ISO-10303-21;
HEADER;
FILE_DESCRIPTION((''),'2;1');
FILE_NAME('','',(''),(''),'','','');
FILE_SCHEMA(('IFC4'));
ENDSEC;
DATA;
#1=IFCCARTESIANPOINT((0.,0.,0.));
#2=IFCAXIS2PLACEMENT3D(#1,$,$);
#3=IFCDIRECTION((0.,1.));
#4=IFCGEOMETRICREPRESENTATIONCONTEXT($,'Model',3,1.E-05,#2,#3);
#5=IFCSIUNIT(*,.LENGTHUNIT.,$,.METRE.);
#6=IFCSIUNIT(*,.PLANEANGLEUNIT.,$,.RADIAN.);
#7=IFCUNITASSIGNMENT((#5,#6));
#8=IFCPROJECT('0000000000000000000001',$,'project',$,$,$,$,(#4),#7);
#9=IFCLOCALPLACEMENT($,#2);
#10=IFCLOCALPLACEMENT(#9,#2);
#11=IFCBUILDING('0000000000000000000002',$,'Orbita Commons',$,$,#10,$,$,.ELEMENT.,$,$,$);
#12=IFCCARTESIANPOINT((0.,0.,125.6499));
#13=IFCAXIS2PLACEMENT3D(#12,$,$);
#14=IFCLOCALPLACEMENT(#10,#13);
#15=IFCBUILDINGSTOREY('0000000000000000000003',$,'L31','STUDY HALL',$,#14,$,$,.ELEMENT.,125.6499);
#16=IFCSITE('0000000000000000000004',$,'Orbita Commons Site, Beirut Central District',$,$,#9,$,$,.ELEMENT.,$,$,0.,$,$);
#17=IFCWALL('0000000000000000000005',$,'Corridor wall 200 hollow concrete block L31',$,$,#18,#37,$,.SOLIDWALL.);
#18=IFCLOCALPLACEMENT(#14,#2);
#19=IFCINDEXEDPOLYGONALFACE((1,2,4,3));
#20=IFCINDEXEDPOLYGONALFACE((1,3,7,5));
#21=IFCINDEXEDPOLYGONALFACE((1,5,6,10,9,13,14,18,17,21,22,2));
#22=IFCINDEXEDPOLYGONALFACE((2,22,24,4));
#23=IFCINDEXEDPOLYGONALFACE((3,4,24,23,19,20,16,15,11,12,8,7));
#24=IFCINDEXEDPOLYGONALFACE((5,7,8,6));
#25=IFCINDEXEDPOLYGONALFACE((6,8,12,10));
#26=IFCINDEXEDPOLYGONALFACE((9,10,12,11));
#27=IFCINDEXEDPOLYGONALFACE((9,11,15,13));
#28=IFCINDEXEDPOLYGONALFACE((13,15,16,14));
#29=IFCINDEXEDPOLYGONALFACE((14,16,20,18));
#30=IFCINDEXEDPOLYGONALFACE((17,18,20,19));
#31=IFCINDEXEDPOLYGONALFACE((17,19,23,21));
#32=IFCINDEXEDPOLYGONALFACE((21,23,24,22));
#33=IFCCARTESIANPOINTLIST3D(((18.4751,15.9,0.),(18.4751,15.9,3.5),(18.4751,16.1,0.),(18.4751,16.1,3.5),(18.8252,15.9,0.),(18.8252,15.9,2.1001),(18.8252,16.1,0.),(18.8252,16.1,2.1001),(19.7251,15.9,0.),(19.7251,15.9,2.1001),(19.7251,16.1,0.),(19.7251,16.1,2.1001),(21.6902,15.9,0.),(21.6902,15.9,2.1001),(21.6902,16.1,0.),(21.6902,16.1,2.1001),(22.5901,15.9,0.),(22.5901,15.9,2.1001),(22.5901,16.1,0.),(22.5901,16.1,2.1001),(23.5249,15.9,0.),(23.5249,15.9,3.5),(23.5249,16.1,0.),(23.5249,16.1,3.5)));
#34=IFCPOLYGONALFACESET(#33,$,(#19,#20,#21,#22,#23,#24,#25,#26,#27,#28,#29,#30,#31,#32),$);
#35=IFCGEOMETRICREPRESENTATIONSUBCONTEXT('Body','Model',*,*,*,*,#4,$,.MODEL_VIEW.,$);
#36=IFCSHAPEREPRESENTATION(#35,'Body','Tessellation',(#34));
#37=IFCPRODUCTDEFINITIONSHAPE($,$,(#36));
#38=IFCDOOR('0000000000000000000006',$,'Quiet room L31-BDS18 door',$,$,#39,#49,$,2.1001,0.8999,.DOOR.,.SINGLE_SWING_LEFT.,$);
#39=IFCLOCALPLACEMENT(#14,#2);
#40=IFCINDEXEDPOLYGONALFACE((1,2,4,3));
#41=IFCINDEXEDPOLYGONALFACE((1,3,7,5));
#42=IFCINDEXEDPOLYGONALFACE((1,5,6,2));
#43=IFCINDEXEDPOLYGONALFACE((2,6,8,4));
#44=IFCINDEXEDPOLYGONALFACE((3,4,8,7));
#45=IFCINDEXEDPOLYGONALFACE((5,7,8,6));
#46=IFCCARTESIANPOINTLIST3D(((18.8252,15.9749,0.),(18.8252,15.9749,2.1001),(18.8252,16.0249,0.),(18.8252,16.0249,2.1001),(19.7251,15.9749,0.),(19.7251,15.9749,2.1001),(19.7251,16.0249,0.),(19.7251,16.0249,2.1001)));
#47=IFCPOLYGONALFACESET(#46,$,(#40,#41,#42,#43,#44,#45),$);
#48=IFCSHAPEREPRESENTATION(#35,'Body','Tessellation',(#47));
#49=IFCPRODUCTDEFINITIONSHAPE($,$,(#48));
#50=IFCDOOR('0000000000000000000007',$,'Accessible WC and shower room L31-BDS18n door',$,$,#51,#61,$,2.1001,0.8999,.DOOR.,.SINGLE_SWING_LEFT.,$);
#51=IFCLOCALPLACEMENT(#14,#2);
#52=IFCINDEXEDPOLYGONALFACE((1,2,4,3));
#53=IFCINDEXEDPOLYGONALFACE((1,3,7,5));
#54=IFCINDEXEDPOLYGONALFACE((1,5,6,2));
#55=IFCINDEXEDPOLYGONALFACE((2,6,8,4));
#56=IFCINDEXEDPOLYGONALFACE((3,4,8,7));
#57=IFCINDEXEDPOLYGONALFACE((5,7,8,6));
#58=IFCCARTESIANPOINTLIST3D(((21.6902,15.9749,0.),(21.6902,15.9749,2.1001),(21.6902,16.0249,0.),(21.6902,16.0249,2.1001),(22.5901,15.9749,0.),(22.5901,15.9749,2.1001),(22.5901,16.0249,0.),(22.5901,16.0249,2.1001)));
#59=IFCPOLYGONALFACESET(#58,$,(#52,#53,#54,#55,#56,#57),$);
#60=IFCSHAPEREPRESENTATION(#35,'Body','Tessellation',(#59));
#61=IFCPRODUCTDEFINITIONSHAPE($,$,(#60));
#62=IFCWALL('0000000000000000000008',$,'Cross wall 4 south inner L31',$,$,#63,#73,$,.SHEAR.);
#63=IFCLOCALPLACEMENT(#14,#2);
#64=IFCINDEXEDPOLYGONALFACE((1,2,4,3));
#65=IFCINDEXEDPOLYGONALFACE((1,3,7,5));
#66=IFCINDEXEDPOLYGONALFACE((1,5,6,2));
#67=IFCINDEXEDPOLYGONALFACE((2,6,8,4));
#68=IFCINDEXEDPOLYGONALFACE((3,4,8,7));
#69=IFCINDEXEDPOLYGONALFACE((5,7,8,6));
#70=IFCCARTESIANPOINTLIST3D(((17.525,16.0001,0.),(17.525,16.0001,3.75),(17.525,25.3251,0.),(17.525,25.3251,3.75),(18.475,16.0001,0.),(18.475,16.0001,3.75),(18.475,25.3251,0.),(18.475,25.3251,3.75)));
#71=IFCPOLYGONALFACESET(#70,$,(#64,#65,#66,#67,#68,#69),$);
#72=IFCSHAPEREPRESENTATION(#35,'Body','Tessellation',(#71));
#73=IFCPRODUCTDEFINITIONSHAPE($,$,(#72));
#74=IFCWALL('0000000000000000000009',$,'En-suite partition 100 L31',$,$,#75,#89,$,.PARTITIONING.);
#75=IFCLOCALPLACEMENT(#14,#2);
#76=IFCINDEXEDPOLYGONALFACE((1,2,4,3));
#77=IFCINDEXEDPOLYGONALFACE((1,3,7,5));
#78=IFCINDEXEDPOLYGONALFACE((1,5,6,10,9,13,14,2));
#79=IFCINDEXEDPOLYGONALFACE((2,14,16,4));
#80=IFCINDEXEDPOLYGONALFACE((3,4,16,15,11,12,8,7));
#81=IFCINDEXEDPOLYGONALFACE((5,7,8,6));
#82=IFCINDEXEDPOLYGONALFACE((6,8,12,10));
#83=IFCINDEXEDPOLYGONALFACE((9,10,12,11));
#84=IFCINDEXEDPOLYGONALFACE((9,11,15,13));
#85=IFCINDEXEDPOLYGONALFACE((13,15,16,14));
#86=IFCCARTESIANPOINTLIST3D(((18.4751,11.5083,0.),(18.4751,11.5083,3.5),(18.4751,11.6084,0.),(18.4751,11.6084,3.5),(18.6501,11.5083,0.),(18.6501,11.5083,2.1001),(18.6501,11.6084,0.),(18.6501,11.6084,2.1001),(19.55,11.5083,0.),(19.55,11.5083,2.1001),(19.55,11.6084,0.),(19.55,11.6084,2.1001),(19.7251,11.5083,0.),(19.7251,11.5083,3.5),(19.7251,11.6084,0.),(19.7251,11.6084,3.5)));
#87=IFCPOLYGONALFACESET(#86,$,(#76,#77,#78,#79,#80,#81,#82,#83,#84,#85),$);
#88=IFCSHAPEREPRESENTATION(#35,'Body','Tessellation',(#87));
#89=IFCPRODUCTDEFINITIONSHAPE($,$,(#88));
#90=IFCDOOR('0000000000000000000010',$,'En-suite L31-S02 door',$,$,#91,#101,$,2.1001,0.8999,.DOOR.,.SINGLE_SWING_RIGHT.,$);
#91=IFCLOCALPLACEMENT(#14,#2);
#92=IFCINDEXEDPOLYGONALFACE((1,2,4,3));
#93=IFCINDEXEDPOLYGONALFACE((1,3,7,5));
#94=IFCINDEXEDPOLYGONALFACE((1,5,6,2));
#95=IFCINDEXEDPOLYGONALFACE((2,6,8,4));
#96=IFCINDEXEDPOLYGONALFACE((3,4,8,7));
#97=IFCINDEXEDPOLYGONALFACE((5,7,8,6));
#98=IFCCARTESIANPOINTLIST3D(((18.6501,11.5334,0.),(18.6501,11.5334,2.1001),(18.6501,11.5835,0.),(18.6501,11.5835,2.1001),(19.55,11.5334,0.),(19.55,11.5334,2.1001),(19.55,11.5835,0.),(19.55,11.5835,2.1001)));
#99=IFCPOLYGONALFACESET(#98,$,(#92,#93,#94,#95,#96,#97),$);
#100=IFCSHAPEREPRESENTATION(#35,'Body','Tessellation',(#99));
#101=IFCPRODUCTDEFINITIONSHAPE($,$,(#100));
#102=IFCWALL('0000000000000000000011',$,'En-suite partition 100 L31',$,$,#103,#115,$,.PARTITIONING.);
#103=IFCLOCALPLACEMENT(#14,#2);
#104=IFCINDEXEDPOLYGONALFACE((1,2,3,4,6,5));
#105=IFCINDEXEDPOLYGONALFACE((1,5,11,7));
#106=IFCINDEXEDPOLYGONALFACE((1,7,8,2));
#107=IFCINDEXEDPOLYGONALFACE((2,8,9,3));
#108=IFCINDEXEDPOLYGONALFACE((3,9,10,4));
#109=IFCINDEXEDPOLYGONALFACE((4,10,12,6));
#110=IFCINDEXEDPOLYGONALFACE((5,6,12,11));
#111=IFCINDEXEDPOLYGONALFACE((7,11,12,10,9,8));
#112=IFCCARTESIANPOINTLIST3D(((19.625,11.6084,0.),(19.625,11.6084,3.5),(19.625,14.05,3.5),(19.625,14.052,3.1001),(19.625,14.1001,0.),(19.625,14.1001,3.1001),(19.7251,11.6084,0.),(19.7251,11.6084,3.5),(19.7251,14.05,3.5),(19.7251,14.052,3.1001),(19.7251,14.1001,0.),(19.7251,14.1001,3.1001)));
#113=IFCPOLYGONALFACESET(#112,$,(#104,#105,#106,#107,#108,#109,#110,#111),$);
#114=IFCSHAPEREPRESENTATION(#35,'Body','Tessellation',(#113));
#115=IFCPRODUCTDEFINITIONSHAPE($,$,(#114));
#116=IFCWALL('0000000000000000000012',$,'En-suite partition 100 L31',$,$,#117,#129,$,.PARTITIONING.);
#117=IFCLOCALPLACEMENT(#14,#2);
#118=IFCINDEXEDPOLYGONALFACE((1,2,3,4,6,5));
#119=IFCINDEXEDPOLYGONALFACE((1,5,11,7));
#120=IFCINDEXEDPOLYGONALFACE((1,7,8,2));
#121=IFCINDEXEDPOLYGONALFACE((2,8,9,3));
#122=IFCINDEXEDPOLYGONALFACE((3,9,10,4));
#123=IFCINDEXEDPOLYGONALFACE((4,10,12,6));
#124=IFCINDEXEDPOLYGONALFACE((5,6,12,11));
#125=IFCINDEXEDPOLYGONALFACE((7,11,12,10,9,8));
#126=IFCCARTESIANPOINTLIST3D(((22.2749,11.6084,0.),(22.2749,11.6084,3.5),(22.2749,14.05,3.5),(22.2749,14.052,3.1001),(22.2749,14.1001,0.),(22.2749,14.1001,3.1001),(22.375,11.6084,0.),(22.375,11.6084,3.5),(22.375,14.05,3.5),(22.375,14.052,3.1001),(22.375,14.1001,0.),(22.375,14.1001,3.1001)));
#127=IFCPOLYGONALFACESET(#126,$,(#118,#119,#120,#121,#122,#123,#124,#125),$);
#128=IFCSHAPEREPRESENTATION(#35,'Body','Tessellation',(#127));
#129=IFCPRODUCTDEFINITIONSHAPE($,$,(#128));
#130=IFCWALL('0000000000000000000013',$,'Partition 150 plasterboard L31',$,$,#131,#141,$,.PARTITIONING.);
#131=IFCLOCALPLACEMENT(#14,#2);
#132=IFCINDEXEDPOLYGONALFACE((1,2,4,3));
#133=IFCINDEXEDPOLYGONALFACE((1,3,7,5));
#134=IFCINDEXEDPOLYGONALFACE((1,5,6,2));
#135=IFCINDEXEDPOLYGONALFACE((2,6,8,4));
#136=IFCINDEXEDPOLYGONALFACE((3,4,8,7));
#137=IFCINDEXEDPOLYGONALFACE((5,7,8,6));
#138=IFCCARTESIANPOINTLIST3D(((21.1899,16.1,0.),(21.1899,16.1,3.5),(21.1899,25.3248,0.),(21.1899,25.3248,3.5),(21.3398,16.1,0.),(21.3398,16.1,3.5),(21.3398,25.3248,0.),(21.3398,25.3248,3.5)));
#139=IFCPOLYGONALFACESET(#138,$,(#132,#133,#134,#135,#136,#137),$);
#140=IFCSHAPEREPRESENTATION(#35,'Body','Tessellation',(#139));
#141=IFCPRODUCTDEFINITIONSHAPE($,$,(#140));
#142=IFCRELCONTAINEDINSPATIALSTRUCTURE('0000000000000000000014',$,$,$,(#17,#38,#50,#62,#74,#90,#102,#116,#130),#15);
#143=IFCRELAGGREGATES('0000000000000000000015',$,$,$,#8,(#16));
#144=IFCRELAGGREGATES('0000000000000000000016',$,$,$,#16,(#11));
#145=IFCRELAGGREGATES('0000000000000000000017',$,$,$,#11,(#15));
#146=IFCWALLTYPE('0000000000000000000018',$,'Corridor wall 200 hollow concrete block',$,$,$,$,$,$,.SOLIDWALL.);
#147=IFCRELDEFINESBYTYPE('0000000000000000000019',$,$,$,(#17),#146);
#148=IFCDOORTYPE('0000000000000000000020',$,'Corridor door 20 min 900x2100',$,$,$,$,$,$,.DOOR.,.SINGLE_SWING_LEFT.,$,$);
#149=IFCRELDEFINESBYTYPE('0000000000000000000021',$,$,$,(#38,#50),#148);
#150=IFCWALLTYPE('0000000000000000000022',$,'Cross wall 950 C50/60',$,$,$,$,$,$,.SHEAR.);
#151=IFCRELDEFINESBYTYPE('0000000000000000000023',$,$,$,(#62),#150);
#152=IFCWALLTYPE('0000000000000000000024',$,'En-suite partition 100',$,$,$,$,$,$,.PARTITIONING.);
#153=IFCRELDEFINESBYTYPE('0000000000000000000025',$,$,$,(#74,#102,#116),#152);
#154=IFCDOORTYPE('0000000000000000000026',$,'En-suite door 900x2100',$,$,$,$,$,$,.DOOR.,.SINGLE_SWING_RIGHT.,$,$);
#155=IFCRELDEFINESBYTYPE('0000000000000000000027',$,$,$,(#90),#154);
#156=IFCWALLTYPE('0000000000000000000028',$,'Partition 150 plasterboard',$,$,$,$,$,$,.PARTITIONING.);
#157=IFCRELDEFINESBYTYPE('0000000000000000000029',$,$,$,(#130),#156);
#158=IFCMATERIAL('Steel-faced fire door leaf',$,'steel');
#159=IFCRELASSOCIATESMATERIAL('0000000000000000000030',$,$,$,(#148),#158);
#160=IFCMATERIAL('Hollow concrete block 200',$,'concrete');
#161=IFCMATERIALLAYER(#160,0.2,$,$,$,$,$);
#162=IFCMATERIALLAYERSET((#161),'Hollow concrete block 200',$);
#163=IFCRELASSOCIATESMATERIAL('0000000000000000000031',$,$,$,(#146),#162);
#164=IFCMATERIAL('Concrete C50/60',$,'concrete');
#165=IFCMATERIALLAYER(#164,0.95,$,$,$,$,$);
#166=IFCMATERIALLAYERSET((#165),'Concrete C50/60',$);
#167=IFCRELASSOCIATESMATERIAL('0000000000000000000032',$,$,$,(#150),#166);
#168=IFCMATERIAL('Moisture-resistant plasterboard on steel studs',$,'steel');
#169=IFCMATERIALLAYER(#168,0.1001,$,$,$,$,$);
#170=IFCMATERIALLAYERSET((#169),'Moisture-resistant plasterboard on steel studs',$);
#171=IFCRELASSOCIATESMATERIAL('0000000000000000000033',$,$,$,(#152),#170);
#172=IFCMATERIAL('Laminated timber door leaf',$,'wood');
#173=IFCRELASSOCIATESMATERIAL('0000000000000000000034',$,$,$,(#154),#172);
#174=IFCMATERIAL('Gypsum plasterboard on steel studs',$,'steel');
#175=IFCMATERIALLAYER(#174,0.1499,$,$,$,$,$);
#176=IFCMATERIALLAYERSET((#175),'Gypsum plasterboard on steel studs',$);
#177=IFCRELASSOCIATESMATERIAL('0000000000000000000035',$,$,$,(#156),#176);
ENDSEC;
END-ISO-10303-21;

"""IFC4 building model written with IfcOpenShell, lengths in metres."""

from ifc_helpers import new_model, si_unit, direction, frame, frame_2d, origin, place, context, subcontext, project, spatial, polyline, rectangle, outline, extrude, material, layer, layer_set, type_object, element, fill, save


model = new_model("IFC4")

# Units and contexts
model_context = context("Model", 3, precision=1e-05, world=origin(), true_north=direction((0.0, 1.0)))
body_context = subcontext(model_context, "Body", "Model", "MODEL_VIEW")
ifc_project = project(units=[si_unit("LENGTHUNIT", "METRE"), si_unit("PLANEANGLEUNIT", "RADIAN")], contexts=[model_context])

# Site, building, storey
site_placement = place(None, origin())
site = spatial("IfcSite", under=ifc_project, at=site_placement, Name="Orbita Commons Site, Beirut Central District", CompositionType="ELEMENT", RefElevation=0.0)
building_placement = place(site_placement, origin())
building = spatial("IfcBuilding", under=site, at=building_placement, Name="Orbita Commons", CompositionType="ELEMENT")
storey_placement = place(building_placement, frame((0.0, 0.0, 125.6499)))
storey = spatial("IfcBuildingStorey", under=building, at=storey_placement, Name="L31", Description="STUDY HALL", CompositionType="ELEMENT", Elevation=125.6499)

# Wall, openings, doors
ifc_material_1 = material(Name="Steel-faced fire door leaf", Category="steel")
door_type_1 = type_object("IfcDoorType", Name="Corridor door 20 min 900x2100", OperationType="SINGLE_SWING_LEFT", PredefinedType="DOOR", material=ifc_material_1)
ifc_material_2 = material(Name="Hollow concrete block 200", Category="concrete")
ifc_layer_1 = layer(ifc_material_2, 0.2)
ifc_layer_set_1 = layer_set([ifc_layer_1], Name="Hollow concrete block 200")
wall_type_1 = type_object("IfcWallType", Name="Corridor wall 200 hollow concrete block", PredefinedType="SOLIDWALL", material=ifc_layer_set_1)
wall_1_placement = place(storey_placement, frame((18.4751, 16.0, 0.0), z_axis=(0.0, 0.0, 1.0), x_axis=(1.0, 0.0, 0.0)))
wall_1 = element("IfcWall", 1, at=wall_1_placement, inside=storey, type_object=wall_type_1, Name="Corridor wall 200 hollow concrete block L31", PredefinedType="SOLIDWALL", context=body_context, shape_type="SweptSolid", body=[
    extrude(rectangle(XDim=5.0498, YDim=0.2, at=frame_2d((2.5249, 0.0))), origin(), (0.0, 0.0, 1.0), 3.5),
])
opening_1_placement = place(wall_1_placement, frame((0.3501, 0.0, 0.0)))
opening_1 = element("IfcOpeningElement", 2, at=opening_1_placement, cuts=wall_1, PredefinedType="OPENING", context=body_context, shape_type="SweptSolid", body=[
    extrude(rectangle(XDim=0.8999, YDim=2.1001, at=frame_2d((0.45, 1.05))), frame((0.0, 0.1099, 0.0), z_axis=(0.0, -1.0, 0.0), x_axis=(1.0, 0.0, 0.0)), (0.0, 0.0, 1.0), 0.22),
])
opening_2_placement = place(wall_1_placement, frame((3.2151, 0.0, 0.0)))
opening_2 = element("IfcOpeningElement", 3, at=opening_2_placement, cuts=wall_1, PredefinedType="OPENING", context=body_context, shape_type="SweptSolid", body=[
    extrude(rectangle(XDim=0.8999, YDim=2.1001, at=frame_2d((0.45, 1.05))), frame((0.0, 0.1099, 0.0), z_axis=(0.0, -1.0, 0.0), x_axis=(1.0, 0.0, 0.0)), (0.0, 0.0, 1.0), 0.22),
])
door_1_placement = place(opening_1_placement, origin())
door_1 = element("IfcDoor", 4, at=door_1_placement, inside=storey, type_object=door_type_1, Name="Quiet room L31-BDS18 door", OperationType="SINGLE_SWING_LEFT", OverallHeight=2.1001, OverallWidth=0.8999, PredefinedType="DOOR", context=body_context, shape_type="SweptSolid", body=[
    extrude(rectangle(XDim=0.8999, YDim=2.1001, at=frame_2d((0.45, 1.05))), frame((0.0, 0.0249, 0.0), z_axis=(0.0, -1.0, 0.0), x_axis=(1.0, 0.0, 0.0)), (0.0, 0.0, 1.0), 0.05),
])
fill(opening_1, door_1)
door_2_placement = place(opening_2_placement, origin())
door_2 = element("IfcDoor", 5, at=door_2_placement, inside=storey, type_object=door_type_1, Name="Accessible WC and shower room L31-BDS18n door", OperationType="SINGLE_SWING_LEFT", OverallHeight=2.1001, OverallWidth=0.8999, PredefinedType="DOOR", context=body_context, shape_type="SweptSolid", body=[
    extrude(rectangle(XDim=0.8999, YDim=2.1001, at=frame_2d((0.45, 1.05))), frame((0.0, 0.0249, 0.0), z_axis=(0.0, -1.0, 0.0), x_axis=(1.0, 0.0, 0.0)), (0.0, 0.0, 1.0), 0.05),
])
fill(opening_2, door_2)

# Wall
ifc_material_3 = material(Name="Concrete C50/60", Category="concrete")
ifc_layer_2 = layer(ifc_material_3, 0.95)
ifc_layer_set_2 = layer_set([ifc_layer_2], Name="Concrete C50/60")
wall_type_2 = type_object("IfcWallType", Name="Cross wall 950 C50/60", PredefinedType="SHEAR", material=ifc_layer_set_2)
wall_2_placement = place(storey_placement, frame((18.0, 16.0, 0.0), z_axis=(0.0, 0.0, 1.0), x_axis=(0.0, 1.0, 0.0)))
element("IfcWall", 6, at=wall_2_placement, inside=storey, type_object=wall_type_2, Name="Cross wall 4 south inner L31", PredefinedType="SHEAR", context=body_context, shape_type="SweptSolid", body=[
    extrude(rectangle(XDim=9.325, YDim=0.95, at=frame_2d((4.6626, 0.0))), origin(), (0.0, 0.0, 1.0), 3.75),
])

# Wall, opening, door
ifc_material_4 = material(Name="Moisture-resistant plasterboard on steel studs", Category="steel")
ifc_layer_3 = layer(ifc_material_4, 0.1001)
ifc_layer_set_3 = layer_set([ifc_layer_3], Name="Moisture-resistant plasterboard on steel studs")
wall_type_3 = type_object("IfcWallType", Name="En-suite partition 100", PredefinedType="PARTITIONING", material=ifc_layer_set_3)
wall_3_placement = place(storey_placement, frame((19.7251, 11.5583, 0.0), z_axis=(0.0, 0.0, 1.0), x_axis=(-1.0, 0.0, 0.0)))
wall_3 = element("IfcWall", 7, at=wall_3_placement, inside=storey, type_object=wall_type_3, Name="En-suite partition 100 L31", PredefinedType="PARTITIONING", context=body_context, shape_type="SweptSolid", body=[
    extrude(rectangle(XDim=1.25, YDim=0.1001, at=frame_2d((0.625, 0.0))), origin(), (0.0, 0.0, 1.0), 3.5),
])
opening_3_placement = place(wall_3_placement, frame((0.175, 0.0, 0.0)))
opening_3 = element("IfcOpeningElement", 8, at=opening_3_placement, cuts=wall_3, PredefinedType="OPENING", context=body_context, shape_type="SweptSolid", body=[
    extrude(rectangle(XDim=0.8999, YDim=2.1001, at=frame_2d((0.45, 1.05))), frame((0.0, 0.0601, 0.0), z_axis=(0.0, -1.0, 0.0), x_axis=(1.0, 0.0, 0.0)), (0.0, 0.0, 1.0), 0.1201),
])
ifc_material_5 = material(Name="Laminated timber door leaf", Category="wood")
door_type_2 = type_object("IfcDoorType", Name="En-suite door 900x2100", OperationType="SINGLE_SWING_RIGHT", PredefinedType="DOOR", material=ifc_material_5)
door_3_placement = place(opening_3_placement, origin())
door_3 = element("IfcDoor", 9, at=door_3_placement, inside=storey, type_object=door_type_2, Name="En-suite L31-S02 door", OperationType="SINGLE_SWING_RIGHT", OverallHeight=2.1001, OverallWidth=0.8999, PredefinedType="DOOR", context=body_context, shape_type="SweptSolid", body=[
    extrude(rectangle(XDim=0.8999, YDim=2.1001, at=frame_2d((0.45, 1.05))), frame((0.0, 0.0249, 0.0), z_axis=(0.0, -1.0, 0.0), x_axis=(1.0, 0.0, 0.0)), (0.0, 0.0, 1.0), 0.05),
])
fill(opening_3, door_3)

# Walls
for number, where, z_axis, x_axis, name in (
    (10, (19.675, 11.6084, 0.0), (0.0, 0.0, 1.0), (0.0, 1.0, 0.0), "En-suite partition 100 L31"),
    (11, (22.325, 11.6084, 0.0), (0.0, 0.0, 1.0), (0.0, 1.0, 0.0), "En-suite partition 100 L31"),
):
    element("IfcWall", number, at=place(storey_placement, frame(where, z_axis=z_axis, x_axis=x_axis)), inside=storey, type_object=wall_type_3, Name=name, PredefinedType="PARTITIONING", context=body_context, shape_type="SweptSolid", body=[
        extrude(outline(polyline([(0.0, 0.0), (2.4917, 0.0), (2.4917, 3.1001), (2.4436, 3.1001), (2.4417, 3.5), (0.0, 3.5), (0.0, 0.0)])), frame((0.0, 0.05, 0.0), z_axis=(0.0, -1.0, 0.0), x_axis=(1.0, 0.0, 0.0)), (0.0, 0.0, 1.0), 0.1001),
    ])
ifc_material_6 = material(Name="Gypsum plasterboard on steel studs", Category="steel")
ifc_layer_4 = layer(ifc_material_6, 0.1499)
ifc_layer_set_4 = layer_set([ifc_layer_4], Name="Gypsum plasterboard on steel studs")
wall_type_4 = type_object("IfcWallType", Name="Partition 150 plasterboard", PredefinedType="PARTITIONING", material=ifc_layer_set_4)
wall_4_placement = place(storey_placement, frame((21.2649, 16.1001, 0.0), z_axis=(0.0, 0.0, 1.0), x_axis=(0.0, 1.0, 0.0)))
element("IfcWall", 12, at=wall_4_placement, inside=storey, type_object=wall_type_4, Name="Partition 150 plasterboard L31", PredefinedType="PARTITIONING", context=body_context, shape_type="SweptSolid", body=[
    extrude(rectangle(XDim=9.2249, YDim=0.1499, at=frame_2d((4.6123, 0.0))), origin(), (0.0, 0.0, 1.0), 3.5),
])

save(model, "model.ifc")
